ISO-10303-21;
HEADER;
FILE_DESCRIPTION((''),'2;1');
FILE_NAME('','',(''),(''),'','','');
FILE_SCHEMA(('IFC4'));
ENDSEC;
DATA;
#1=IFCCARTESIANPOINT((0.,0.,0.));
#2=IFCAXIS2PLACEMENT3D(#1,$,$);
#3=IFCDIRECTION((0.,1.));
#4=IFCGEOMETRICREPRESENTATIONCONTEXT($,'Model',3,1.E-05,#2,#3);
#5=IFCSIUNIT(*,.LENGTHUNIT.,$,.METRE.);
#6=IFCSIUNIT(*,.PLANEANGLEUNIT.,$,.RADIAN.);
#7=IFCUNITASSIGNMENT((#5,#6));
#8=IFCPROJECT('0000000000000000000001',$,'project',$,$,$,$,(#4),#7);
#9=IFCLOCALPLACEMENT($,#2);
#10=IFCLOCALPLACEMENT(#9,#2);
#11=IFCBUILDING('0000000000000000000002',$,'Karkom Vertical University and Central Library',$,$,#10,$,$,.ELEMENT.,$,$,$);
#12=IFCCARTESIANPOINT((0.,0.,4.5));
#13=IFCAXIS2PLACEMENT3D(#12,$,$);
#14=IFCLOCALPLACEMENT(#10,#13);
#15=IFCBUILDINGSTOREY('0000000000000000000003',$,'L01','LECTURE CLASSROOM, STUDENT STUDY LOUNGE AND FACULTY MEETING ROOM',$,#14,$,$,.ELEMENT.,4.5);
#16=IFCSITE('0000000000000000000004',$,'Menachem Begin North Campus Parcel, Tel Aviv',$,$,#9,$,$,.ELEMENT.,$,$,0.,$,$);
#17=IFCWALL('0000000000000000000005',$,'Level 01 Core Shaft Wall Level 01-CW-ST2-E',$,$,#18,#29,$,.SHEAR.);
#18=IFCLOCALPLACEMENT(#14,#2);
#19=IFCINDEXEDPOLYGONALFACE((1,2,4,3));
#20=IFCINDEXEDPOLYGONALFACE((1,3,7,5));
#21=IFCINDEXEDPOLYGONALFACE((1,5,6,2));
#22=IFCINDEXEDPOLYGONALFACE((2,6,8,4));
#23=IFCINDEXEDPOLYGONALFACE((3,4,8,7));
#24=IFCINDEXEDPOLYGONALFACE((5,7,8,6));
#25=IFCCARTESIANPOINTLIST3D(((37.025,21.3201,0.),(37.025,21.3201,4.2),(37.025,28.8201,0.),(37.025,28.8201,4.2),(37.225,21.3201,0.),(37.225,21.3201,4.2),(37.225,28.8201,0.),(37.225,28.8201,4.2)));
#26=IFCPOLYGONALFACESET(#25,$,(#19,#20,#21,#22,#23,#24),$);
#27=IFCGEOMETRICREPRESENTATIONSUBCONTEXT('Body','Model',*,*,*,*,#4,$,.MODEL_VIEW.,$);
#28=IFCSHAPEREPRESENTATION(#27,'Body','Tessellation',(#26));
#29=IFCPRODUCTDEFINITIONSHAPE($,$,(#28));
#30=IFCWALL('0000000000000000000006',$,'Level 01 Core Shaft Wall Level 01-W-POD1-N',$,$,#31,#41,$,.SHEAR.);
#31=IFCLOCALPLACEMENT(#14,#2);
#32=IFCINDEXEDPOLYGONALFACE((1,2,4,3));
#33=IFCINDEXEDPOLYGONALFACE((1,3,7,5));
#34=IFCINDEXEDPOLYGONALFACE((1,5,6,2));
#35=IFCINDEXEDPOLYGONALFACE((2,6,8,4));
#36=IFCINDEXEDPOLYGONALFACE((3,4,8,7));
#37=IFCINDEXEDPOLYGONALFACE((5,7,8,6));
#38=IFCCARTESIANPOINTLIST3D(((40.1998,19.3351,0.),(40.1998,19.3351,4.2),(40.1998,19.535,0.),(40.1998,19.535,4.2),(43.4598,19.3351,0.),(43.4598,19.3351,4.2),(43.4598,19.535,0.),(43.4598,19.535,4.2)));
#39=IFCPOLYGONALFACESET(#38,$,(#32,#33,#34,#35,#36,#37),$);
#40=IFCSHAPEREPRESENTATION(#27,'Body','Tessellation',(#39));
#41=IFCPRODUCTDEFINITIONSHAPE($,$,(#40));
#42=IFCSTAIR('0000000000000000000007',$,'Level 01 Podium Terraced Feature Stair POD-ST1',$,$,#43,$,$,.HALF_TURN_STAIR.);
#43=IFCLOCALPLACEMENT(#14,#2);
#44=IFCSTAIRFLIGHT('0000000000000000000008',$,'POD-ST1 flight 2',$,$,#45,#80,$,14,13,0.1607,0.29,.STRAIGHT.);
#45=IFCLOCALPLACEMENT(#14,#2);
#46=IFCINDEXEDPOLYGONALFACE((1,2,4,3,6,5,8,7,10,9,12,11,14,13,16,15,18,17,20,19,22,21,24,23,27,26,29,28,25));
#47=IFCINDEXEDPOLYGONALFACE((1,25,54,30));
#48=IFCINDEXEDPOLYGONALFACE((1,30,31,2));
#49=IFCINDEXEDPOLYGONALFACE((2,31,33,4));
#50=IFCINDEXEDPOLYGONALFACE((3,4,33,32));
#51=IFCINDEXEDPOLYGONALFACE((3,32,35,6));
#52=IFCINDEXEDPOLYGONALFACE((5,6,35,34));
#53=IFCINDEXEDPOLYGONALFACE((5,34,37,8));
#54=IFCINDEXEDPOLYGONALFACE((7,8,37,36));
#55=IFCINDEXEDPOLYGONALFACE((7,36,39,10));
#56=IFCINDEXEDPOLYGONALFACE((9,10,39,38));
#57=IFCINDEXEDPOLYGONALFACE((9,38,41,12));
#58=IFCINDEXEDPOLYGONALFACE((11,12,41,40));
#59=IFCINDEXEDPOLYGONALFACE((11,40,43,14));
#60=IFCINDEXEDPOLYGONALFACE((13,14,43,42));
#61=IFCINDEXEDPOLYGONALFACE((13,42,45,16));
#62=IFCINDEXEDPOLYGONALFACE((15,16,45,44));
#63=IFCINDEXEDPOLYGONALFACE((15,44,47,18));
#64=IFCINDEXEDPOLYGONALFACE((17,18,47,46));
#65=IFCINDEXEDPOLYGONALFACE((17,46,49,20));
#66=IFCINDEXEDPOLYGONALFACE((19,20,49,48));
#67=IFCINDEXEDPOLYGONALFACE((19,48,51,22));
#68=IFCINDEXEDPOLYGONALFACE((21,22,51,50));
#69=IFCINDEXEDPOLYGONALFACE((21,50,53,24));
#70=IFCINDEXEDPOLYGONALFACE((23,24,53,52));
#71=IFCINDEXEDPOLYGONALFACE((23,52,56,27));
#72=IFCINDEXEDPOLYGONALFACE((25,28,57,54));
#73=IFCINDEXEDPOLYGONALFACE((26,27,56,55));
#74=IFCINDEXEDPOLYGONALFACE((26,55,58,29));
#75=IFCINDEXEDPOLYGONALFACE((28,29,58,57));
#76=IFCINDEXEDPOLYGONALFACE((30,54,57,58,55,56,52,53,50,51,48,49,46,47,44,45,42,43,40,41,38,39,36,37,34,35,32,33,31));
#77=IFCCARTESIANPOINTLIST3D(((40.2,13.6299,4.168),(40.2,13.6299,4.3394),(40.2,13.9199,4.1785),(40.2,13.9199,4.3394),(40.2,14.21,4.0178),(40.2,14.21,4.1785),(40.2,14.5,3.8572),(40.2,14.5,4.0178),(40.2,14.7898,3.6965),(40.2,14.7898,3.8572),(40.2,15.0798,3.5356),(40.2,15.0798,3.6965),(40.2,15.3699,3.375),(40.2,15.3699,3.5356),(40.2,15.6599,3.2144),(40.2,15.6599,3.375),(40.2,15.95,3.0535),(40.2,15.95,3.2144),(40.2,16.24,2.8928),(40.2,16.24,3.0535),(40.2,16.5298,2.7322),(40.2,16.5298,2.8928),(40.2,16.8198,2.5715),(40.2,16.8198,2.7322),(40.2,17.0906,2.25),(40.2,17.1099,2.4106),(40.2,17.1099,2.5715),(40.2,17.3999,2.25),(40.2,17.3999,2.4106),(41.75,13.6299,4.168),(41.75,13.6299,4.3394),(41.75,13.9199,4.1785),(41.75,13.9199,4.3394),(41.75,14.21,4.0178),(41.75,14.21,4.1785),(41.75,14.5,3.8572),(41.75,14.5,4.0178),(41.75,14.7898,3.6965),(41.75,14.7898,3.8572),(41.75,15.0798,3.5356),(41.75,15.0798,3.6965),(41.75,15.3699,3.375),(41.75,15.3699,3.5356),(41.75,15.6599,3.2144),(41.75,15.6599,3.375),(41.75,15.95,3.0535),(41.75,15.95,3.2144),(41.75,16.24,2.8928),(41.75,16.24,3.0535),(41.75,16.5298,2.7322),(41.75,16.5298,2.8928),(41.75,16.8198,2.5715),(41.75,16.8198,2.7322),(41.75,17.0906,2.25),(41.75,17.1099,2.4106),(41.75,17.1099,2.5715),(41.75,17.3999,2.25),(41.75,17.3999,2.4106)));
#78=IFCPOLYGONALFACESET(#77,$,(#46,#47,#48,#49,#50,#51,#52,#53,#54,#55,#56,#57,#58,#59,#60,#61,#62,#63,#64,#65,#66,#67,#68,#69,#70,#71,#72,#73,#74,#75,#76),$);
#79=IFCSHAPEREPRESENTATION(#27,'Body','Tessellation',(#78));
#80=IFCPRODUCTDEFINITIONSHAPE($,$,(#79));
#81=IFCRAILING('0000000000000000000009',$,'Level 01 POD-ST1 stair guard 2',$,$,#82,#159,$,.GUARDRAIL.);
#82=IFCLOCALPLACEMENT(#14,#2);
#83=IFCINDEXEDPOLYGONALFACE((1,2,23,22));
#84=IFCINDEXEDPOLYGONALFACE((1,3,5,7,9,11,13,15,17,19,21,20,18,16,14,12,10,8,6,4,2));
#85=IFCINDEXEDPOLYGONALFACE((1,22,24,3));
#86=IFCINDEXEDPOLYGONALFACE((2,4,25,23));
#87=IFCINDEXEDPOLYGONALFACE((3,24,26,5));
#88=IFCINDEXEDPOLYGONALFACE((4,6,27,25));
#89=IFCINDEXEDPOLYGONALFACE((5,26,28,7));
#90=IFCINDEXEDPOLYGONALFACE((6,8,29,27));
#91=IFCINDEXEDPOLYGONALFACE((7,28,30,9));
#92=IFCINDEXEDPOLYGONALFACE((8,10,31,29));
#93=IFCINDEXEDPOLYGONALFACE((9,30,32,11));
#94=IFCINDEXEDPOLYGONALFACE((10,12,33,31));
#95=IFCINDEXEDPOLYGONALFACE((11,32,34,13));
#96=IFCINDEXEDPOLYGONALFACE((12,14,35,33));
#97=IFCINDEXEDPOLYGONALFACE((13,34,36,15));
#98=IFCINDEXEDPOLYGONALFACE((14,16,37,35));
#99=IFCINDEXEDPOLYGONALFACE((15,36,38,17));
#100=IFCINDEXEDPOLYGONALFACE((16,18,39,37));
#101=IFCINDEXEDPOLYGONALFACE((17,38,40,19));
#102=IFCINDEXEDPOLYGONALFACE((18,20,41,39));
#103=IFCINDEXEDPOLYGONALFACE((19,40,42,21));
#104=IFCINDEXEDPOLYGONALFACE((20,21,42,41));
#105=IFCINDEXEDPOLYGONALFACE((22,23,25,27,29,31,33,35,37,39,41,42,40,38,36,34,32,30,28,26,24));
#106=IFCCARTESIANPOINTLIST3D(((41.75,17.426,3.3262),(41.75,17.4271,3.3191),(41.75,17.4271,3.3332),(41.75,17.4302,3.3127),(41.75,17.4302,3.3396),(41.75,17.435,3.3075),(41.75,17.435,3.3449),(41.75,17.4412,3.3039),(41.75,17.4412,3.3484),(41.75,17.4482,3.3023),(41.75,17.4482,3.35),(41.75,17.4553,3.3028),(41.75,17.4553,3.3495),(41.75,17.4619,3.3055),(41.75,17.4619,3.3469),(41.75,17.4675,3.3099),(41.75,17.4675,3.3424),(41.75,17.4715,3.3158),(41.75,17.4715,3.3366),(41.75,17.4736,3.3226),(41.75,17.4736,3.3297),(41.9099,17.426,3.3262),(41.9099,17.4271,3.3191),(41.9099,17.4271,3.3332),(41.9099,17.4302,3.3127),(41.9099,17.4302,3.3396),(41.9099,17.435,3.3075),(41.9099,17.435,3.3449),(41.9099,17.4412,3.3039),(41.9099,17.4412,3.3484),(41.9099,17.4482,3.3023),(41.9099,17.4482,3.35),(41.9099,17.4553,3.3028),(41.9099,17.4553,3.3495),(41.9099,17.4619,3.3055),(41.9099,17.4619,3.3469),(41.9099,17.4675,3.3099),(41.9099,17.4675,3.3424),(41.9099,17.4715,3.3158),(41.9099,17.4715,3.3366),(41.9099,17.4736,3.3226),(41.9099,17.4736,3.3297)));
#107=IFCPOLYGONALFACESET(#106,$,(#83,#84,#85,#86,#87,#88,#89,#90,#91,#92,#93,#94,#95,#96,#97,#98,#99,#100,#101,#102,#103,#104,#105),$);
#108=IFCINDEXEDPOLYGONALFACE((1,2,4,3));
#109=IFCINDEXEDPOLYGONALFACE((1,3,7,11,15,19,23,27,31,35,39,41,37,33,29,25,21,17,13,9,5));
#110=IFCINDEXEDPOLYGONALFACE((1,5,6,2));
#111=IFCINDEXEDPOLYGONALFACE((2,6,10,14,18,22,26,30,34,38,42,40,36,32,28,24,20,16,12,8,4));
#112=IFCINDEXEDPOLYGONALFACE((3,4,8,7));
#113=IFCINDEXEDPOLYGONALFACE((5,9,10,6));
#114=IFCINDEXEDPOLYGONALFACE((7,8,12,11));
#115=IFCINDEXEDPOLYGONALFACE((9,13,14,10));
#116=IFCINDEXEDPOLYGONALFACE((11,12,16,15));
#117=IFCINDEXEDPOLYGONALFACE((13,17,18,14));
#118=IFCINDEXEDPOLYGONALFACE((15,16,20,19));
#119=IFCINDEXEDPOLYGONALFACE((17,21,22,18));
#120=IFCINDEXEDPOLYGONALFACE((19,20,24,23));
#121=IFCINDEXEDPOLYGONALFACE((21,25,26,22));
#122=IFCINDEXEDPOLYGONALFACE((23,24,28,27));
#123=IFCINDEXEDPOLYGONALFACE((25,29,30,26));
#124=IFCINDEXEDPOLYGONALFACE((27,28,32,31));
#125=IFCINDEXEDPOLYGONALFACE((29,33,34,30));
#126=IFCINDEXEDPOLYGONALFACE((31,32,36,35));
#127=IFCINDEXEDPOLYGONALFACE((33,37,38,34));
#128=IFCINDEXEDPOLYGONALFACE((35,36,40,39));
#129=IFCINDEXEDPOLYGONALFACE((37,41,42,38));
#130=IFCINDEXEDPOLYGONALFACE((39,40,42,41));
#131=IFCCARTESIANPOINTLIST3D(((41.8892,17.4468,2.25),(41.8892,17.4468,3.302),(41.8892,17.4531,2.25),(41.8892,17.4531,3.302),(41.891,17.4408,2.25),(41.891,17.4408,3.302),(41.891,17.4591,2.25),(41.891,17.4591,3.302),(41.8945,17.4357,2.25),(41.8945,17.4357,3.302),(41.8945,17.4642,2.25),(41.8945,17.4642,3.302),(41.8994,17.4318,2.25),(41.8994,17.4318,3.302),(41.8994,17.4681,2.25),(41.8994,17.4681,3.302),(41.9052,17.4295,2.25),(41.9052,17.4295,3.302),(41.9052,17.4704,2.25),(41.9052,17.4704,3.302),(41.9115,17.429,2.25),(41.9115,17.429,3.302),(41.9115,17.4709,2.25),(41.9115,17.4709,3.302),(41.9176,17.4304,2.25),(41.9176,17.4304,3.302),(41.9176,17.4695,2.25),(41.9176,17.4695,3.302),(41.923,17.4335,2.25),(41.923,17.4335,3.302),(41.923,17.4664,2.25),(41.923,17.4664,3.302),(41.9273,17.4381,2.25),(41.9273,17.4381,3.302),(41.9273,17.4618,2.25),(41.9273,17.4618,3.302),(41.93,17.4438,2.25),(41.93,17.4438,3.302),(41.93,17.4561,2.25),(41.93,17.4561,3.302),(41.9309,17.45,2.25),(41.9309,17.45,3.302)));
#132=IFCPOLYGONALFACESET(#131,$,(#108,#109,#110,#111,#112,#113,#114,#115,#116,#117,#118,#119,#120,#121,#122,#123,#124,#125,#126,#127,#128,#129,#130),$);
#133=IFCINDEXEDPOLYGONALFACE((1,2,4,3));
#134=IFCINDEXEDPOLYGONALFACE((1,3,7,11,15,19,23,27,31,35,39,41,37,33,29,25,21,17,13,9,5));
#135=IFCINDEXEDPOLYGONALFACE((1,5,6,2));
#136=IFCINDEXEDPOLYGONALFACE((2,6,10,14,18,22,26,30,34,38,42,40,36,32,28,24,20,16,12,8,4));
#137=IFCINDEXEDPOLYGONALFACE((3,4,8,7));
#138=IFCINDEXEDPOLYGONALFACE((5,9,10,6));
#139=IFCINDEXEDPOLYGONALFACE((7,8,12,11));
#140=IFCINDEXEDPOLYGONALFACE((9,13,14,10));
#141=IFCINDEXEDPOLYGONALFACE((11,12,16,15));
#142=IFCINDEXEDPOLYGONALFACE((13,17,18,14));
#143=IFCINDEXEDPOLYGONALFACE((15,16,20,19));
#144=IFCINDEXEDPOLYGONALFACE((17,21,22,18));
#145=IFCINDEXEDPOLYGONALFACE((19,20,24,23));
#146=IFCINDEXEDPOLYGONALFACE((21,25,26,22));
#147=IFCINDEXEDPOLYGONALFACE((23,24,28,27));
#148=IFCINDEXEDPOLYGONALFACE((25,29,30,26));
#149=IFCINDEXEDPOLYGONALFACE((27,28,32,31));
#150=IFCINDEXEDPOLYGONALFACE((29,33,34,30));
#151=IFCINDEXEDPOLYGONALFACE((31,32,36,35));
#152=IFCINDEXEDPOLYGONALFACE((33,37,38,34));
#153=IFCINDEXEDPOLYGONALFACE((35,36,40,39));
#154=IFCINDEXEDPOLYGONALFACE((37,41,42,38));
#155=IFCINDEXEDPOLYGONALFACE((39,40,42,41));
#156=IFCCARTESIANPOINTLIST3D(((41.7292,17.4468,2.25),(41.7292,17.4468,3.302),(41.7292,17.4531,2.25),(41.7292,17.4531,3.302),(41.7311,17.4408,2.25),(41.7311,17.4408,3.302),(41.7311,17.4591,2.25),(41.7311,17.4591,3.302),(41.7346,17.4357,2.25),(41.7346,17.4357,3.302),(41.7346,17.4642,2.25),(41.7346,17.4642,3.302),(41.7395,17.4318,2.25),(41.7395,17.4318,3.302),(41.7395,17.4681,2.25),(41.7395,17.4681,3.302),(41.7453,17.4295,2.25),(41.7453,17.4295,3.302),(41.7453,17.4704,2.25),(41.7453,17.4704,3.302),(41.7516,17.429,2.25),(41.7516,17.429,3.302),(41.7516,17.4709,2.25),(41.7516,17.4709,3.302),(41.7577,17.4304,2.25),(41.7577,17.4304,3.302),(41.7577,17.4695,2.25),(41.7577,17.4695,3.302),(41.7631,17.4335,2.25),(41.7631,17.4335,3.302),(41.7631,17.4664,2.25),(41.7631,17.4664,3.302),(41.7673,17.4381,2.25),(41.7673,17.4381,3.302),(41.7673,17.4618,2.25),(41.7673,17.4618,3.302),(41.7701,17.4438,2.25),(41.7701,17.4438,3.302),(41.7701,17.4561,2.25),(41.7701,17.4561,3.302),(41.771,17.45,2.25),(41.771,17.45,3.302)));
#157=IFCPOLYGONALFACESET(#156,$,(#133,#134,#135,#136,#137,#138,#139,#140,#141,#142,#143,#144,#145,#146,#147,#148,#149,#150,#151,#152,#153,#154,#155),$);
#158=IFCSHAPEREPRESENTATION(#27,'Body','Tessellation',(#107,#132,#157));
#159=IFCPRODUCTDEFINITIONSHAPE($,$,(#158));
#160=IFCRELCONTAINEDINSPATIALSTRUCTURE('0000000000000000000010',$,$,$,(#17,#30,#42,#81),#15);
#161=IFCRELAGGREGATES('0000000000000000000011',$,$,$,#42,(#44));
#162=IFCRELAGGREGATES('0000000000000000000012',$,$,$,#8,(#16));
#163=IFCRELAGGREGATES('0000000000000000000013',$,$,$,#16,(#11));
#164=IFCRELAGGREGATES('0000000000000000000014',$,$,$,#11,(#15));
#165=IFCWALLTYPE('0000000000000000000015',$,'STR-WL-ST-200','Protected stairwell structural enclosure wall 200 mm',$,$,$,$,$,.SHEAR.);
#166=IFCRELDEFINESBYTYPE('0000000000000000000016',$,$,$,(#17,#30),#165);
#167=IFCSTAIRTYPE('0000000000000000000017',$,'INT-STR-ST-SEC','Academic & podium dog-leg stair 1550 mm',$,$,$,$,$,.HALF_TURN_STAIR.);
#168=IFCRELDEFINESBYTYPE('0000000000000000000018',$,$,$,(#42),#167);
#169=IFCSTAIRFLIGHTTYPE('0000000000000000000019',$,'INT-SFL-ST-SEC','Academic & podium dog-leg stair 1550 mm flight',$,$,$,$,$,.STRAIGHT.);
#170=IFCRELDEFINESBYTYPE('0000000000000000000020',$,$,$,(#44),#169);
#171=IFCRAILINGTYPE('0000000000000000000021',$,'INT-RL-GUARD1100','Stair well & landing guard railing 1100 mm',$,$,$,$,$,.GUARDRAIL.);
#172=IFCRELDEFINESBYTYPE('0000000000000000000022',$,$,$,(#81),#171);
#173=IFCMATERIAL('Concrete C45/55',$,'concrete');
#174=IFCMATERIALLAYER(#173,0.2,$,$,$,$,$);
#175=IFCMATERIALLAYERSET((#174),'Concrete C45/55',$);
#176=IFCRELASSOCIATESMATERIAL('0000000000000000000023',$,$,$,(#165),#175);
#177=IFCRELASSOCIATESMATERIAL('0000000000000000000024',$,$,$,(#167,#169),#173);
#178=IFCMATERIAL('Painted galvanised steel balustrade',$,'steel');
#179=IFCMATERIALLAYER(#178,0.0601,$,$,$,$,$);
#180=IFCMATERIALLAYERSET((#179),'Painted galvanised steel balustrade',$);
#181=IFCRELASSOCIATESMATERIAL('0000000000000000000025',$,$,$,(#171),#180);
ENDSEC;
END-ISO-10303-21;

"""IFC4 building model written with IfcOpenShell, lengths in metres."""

from ifc_helpers import new_model, si_unit, direction, frame, frame_2d, origin, origin_2d, place, context, subcontext, project, spatial, polyline, rectangle, circle, outline, extrude, material, layer, layer_set, type_object, element, aggregate, save


model = new_model("IFC4")

# Units and contexts
model_context = context("Model", 3, precision=1e-05, world=origin(), true_north=direction((0.0, 1.0)))
body_context = subcontext(model_context, "Body", "Model", "MODEL_VIEW")
ifc_project = project(units=[si_unit("LENGTHUNIT", "METRE"), si_unit("PLANEANGLEUNIT", "RADIAN")], contexts=[model_context])

# Site, building, storey
site_placement = place(None, origin())
site = spatial("IfcSite", under=ifc_project, at=site_placement, Name="Menachem Begin North Campus Parcel, Tel Aviv", CompositionType="ELEMENT", RefElevation=0.0)
building_placement = place(site_placement, origin())
building = spatial("IfcBuilding", under=site, at=building_placement, Name="Karkom Vertical University and Central Library", CompositionType="ELEMENT")
storey_placement = place(building_placement, frame((0.0, 0.0, 4.5)))
storey = spatial("IfcBuildingStorey", under=building, at=storey_placement, Name="L01", Description="LECTURE CLASSROOM, STUDENT STUDY LOUNGE AND FACULTY MEETING ROOM", CompositionType="ELEMENT", Elevation=4.5)

# Walls
ifc_material_1 = material(Name="Concrete C45/55", Category="concrete")
ifc_layer_1 = layer(ifc_material_1, 0.2)
ifc_layer_set_1 = layer_set([ifc_layer_1], Name="Concrete C45/55")
wall_type_1 = type_object("IfcWallType", Name="STR-WL-ST-200", Description="Protected stairwell structural enclosure wall 200 mm", PredefinedType="SHEAR", material=ifc_layer_set_1)
wall_1_placement = place(storey_placement, frame((37.125, 21.3201, 0.0), z_axis=(0.0, 0.0, 1.0), x_axis=(0.0, 1.0, 0.0)))
element("IfcWall", 1, at=wall_1_placement, inside=storey, type_object=wall_type_1, Name="Level 01 Core Shaft Wall Level 01-CW-ST2-E", PredefinedType="SHEAR", context=body_context, shape_type="SweptSolid", body=[
    extrude(rectangle(XDim=7.5, YDim=0.2, at=frame_2d((3.75, 0.0))), origin(), (0.0, 0.0, 1.0), 4.2),
])
wall_2_placement = place(storey_placement, frame((40.2, 19.4351, 0.0), z_axis=(0.0, 0.0, 1.0), x_axis=(1.0, 0.0, 0.0)))
element("IfcWall", 2, at=wall_2_placement, inside=storey, type_object=wall_type_1, Name="Level 01 Core Shaft Wall Level 01-W-POD1-N", PredefinedType="SHEAR", context=body_context, shape_type="SweptSolid", body=[
    extrude(rectangle(XDim=3.26, YDim=0.2, at=frame_2d((1.6299, 0.0))), origin(), (0.0, 0.0, 1.0), 4.2),
])

# Stair, stair flight
stair_type = type_object("IfcStairType", Name="INT-STR-ST-SEC", Description="Academic & podium dog-leg stair 1550 mm", PredefinedType="HALF_TURN_STAIR", material=ifc_material_1)
stair_placement = place(storey_placement, origin())
stair = element("IfcStair", 3, at=stair_placement, inside=storey, type_object=stair_type, Name="Level 01 Podium Terraced Feature Stair POD-ST1", PredefinedType="HALF_TURN_STAIR")
stair_flight_type = type_object("IfcStairFlightType", Name="INT-SFL-ST-SEC", Description="Academic & podium dog-leg stair 1550 mm flight", PredefinedType="STRAIGHT", material=ifc_material_1)
stair_flight_placement = place(storey_placement, frame((40.9751, 17.3999, 2.25), z_axis=(0.0, 0.0, 1.0), x_axis=(0.0, -1.0, 0.0)))
stair_flight = element("IfcStairFlight", 4, at=stair_flight_placement, type_object=stair_flight_type, Name="POD-ST1 flight 2", NumberOfRisers=14, NumberOfTreads=13, PredefinedType="STRAIGHT", RiserHeight=0.1607, TreadLength=0.29, context=body_context, shape_type="SweptSolid", body=[
    extrude(outline(polyline([(0.0, 0.0), (0.0, 0.1606), (0.29, 0.1606), (0.29, 0.3215), (0.5801, 0.3215), (0.5801, 0.4822), (0.8701, 0.4822), (0.8701, 0.6428), (1.1599, 0.6428), (1.1599, 0.8035), (1.45, 0.8035), (1.45, 0.9644), (1.74, 0.9644), (1.74, 1.125), (2.03, 1.125), (2.03, 1.2856), (2.3201, 1.2856), (2.3201, 1.4465), (2.6101, 1.4465), (2.6101, 1.6072), (2.8999, 1.6072), (2.8999, 1.7678), (3.1899, 1.7678), (3.1899, 1.9285), (3.48, 1.9285), (3.48, 2.0894), (3.77, 2.0894), (3.77, 2.25), (3.77, 1.918), (0.3093, 0.0), (0.0, 0.0)])), frame((0.0, 0.7749, 0.0), z_axis=(0.0, -1.0, 0.0), x_axis=(1.0, 0.0, 0.0)), (0.0, 0.0, 1.0), 1.55),
])
aggregate(stair, [stair_flight])

# Railing
ifc_material_2 = material(Name="Painted galvanised steel balustrade", Category="steel")
ifc_layer_2 = layer(ifc_material_2, 0.0601)
ifc_layer_set_2 = layer_set([ifc_layer_2], Name="Painted galvanised steel balustrade")
railing_type_1 = type_object("IfcRailingType", Name="INT-RL-GUARD1100", Description="Stair well & landing guard railing 1100 mm", PredefinedType="GUARDRAIL", material=ifc_layer_set_2)
railing_1_placement = place(storey_placement, frame((41.9099, 17.45, 2.25)))
element("IfcRailing", 5, at=railing_1_placement, inside=storey, type_object=railing_type_1, Name="Level 01 POD-ST1 stair guard 2", PredefinedType="GUARDRAIL", context=body_context, shape_type="SweptSolid", body=[
    extrude(circle(Radius=0.0239, at=origin_2d()), frame((0.0, 0.0, 1.0762), z_axis=(-1.0, 0.0, 0.0), x_axis=(0.0, -1.0, 0.0)), (0.0, 0.0, 1.0), 0.1599),
    extrude(circle(Radius=0.021, at=origin_2d()), origin(), (0.0, 0.0, 1.0), 1.052),
    extrude(circle(Radius=0.021, at=origin_2d()), frame((-0.1599, 0.0, 0.0)), (0.0, 0.0, 1.0), 1.052),
])

save(model, "model.ifc")
